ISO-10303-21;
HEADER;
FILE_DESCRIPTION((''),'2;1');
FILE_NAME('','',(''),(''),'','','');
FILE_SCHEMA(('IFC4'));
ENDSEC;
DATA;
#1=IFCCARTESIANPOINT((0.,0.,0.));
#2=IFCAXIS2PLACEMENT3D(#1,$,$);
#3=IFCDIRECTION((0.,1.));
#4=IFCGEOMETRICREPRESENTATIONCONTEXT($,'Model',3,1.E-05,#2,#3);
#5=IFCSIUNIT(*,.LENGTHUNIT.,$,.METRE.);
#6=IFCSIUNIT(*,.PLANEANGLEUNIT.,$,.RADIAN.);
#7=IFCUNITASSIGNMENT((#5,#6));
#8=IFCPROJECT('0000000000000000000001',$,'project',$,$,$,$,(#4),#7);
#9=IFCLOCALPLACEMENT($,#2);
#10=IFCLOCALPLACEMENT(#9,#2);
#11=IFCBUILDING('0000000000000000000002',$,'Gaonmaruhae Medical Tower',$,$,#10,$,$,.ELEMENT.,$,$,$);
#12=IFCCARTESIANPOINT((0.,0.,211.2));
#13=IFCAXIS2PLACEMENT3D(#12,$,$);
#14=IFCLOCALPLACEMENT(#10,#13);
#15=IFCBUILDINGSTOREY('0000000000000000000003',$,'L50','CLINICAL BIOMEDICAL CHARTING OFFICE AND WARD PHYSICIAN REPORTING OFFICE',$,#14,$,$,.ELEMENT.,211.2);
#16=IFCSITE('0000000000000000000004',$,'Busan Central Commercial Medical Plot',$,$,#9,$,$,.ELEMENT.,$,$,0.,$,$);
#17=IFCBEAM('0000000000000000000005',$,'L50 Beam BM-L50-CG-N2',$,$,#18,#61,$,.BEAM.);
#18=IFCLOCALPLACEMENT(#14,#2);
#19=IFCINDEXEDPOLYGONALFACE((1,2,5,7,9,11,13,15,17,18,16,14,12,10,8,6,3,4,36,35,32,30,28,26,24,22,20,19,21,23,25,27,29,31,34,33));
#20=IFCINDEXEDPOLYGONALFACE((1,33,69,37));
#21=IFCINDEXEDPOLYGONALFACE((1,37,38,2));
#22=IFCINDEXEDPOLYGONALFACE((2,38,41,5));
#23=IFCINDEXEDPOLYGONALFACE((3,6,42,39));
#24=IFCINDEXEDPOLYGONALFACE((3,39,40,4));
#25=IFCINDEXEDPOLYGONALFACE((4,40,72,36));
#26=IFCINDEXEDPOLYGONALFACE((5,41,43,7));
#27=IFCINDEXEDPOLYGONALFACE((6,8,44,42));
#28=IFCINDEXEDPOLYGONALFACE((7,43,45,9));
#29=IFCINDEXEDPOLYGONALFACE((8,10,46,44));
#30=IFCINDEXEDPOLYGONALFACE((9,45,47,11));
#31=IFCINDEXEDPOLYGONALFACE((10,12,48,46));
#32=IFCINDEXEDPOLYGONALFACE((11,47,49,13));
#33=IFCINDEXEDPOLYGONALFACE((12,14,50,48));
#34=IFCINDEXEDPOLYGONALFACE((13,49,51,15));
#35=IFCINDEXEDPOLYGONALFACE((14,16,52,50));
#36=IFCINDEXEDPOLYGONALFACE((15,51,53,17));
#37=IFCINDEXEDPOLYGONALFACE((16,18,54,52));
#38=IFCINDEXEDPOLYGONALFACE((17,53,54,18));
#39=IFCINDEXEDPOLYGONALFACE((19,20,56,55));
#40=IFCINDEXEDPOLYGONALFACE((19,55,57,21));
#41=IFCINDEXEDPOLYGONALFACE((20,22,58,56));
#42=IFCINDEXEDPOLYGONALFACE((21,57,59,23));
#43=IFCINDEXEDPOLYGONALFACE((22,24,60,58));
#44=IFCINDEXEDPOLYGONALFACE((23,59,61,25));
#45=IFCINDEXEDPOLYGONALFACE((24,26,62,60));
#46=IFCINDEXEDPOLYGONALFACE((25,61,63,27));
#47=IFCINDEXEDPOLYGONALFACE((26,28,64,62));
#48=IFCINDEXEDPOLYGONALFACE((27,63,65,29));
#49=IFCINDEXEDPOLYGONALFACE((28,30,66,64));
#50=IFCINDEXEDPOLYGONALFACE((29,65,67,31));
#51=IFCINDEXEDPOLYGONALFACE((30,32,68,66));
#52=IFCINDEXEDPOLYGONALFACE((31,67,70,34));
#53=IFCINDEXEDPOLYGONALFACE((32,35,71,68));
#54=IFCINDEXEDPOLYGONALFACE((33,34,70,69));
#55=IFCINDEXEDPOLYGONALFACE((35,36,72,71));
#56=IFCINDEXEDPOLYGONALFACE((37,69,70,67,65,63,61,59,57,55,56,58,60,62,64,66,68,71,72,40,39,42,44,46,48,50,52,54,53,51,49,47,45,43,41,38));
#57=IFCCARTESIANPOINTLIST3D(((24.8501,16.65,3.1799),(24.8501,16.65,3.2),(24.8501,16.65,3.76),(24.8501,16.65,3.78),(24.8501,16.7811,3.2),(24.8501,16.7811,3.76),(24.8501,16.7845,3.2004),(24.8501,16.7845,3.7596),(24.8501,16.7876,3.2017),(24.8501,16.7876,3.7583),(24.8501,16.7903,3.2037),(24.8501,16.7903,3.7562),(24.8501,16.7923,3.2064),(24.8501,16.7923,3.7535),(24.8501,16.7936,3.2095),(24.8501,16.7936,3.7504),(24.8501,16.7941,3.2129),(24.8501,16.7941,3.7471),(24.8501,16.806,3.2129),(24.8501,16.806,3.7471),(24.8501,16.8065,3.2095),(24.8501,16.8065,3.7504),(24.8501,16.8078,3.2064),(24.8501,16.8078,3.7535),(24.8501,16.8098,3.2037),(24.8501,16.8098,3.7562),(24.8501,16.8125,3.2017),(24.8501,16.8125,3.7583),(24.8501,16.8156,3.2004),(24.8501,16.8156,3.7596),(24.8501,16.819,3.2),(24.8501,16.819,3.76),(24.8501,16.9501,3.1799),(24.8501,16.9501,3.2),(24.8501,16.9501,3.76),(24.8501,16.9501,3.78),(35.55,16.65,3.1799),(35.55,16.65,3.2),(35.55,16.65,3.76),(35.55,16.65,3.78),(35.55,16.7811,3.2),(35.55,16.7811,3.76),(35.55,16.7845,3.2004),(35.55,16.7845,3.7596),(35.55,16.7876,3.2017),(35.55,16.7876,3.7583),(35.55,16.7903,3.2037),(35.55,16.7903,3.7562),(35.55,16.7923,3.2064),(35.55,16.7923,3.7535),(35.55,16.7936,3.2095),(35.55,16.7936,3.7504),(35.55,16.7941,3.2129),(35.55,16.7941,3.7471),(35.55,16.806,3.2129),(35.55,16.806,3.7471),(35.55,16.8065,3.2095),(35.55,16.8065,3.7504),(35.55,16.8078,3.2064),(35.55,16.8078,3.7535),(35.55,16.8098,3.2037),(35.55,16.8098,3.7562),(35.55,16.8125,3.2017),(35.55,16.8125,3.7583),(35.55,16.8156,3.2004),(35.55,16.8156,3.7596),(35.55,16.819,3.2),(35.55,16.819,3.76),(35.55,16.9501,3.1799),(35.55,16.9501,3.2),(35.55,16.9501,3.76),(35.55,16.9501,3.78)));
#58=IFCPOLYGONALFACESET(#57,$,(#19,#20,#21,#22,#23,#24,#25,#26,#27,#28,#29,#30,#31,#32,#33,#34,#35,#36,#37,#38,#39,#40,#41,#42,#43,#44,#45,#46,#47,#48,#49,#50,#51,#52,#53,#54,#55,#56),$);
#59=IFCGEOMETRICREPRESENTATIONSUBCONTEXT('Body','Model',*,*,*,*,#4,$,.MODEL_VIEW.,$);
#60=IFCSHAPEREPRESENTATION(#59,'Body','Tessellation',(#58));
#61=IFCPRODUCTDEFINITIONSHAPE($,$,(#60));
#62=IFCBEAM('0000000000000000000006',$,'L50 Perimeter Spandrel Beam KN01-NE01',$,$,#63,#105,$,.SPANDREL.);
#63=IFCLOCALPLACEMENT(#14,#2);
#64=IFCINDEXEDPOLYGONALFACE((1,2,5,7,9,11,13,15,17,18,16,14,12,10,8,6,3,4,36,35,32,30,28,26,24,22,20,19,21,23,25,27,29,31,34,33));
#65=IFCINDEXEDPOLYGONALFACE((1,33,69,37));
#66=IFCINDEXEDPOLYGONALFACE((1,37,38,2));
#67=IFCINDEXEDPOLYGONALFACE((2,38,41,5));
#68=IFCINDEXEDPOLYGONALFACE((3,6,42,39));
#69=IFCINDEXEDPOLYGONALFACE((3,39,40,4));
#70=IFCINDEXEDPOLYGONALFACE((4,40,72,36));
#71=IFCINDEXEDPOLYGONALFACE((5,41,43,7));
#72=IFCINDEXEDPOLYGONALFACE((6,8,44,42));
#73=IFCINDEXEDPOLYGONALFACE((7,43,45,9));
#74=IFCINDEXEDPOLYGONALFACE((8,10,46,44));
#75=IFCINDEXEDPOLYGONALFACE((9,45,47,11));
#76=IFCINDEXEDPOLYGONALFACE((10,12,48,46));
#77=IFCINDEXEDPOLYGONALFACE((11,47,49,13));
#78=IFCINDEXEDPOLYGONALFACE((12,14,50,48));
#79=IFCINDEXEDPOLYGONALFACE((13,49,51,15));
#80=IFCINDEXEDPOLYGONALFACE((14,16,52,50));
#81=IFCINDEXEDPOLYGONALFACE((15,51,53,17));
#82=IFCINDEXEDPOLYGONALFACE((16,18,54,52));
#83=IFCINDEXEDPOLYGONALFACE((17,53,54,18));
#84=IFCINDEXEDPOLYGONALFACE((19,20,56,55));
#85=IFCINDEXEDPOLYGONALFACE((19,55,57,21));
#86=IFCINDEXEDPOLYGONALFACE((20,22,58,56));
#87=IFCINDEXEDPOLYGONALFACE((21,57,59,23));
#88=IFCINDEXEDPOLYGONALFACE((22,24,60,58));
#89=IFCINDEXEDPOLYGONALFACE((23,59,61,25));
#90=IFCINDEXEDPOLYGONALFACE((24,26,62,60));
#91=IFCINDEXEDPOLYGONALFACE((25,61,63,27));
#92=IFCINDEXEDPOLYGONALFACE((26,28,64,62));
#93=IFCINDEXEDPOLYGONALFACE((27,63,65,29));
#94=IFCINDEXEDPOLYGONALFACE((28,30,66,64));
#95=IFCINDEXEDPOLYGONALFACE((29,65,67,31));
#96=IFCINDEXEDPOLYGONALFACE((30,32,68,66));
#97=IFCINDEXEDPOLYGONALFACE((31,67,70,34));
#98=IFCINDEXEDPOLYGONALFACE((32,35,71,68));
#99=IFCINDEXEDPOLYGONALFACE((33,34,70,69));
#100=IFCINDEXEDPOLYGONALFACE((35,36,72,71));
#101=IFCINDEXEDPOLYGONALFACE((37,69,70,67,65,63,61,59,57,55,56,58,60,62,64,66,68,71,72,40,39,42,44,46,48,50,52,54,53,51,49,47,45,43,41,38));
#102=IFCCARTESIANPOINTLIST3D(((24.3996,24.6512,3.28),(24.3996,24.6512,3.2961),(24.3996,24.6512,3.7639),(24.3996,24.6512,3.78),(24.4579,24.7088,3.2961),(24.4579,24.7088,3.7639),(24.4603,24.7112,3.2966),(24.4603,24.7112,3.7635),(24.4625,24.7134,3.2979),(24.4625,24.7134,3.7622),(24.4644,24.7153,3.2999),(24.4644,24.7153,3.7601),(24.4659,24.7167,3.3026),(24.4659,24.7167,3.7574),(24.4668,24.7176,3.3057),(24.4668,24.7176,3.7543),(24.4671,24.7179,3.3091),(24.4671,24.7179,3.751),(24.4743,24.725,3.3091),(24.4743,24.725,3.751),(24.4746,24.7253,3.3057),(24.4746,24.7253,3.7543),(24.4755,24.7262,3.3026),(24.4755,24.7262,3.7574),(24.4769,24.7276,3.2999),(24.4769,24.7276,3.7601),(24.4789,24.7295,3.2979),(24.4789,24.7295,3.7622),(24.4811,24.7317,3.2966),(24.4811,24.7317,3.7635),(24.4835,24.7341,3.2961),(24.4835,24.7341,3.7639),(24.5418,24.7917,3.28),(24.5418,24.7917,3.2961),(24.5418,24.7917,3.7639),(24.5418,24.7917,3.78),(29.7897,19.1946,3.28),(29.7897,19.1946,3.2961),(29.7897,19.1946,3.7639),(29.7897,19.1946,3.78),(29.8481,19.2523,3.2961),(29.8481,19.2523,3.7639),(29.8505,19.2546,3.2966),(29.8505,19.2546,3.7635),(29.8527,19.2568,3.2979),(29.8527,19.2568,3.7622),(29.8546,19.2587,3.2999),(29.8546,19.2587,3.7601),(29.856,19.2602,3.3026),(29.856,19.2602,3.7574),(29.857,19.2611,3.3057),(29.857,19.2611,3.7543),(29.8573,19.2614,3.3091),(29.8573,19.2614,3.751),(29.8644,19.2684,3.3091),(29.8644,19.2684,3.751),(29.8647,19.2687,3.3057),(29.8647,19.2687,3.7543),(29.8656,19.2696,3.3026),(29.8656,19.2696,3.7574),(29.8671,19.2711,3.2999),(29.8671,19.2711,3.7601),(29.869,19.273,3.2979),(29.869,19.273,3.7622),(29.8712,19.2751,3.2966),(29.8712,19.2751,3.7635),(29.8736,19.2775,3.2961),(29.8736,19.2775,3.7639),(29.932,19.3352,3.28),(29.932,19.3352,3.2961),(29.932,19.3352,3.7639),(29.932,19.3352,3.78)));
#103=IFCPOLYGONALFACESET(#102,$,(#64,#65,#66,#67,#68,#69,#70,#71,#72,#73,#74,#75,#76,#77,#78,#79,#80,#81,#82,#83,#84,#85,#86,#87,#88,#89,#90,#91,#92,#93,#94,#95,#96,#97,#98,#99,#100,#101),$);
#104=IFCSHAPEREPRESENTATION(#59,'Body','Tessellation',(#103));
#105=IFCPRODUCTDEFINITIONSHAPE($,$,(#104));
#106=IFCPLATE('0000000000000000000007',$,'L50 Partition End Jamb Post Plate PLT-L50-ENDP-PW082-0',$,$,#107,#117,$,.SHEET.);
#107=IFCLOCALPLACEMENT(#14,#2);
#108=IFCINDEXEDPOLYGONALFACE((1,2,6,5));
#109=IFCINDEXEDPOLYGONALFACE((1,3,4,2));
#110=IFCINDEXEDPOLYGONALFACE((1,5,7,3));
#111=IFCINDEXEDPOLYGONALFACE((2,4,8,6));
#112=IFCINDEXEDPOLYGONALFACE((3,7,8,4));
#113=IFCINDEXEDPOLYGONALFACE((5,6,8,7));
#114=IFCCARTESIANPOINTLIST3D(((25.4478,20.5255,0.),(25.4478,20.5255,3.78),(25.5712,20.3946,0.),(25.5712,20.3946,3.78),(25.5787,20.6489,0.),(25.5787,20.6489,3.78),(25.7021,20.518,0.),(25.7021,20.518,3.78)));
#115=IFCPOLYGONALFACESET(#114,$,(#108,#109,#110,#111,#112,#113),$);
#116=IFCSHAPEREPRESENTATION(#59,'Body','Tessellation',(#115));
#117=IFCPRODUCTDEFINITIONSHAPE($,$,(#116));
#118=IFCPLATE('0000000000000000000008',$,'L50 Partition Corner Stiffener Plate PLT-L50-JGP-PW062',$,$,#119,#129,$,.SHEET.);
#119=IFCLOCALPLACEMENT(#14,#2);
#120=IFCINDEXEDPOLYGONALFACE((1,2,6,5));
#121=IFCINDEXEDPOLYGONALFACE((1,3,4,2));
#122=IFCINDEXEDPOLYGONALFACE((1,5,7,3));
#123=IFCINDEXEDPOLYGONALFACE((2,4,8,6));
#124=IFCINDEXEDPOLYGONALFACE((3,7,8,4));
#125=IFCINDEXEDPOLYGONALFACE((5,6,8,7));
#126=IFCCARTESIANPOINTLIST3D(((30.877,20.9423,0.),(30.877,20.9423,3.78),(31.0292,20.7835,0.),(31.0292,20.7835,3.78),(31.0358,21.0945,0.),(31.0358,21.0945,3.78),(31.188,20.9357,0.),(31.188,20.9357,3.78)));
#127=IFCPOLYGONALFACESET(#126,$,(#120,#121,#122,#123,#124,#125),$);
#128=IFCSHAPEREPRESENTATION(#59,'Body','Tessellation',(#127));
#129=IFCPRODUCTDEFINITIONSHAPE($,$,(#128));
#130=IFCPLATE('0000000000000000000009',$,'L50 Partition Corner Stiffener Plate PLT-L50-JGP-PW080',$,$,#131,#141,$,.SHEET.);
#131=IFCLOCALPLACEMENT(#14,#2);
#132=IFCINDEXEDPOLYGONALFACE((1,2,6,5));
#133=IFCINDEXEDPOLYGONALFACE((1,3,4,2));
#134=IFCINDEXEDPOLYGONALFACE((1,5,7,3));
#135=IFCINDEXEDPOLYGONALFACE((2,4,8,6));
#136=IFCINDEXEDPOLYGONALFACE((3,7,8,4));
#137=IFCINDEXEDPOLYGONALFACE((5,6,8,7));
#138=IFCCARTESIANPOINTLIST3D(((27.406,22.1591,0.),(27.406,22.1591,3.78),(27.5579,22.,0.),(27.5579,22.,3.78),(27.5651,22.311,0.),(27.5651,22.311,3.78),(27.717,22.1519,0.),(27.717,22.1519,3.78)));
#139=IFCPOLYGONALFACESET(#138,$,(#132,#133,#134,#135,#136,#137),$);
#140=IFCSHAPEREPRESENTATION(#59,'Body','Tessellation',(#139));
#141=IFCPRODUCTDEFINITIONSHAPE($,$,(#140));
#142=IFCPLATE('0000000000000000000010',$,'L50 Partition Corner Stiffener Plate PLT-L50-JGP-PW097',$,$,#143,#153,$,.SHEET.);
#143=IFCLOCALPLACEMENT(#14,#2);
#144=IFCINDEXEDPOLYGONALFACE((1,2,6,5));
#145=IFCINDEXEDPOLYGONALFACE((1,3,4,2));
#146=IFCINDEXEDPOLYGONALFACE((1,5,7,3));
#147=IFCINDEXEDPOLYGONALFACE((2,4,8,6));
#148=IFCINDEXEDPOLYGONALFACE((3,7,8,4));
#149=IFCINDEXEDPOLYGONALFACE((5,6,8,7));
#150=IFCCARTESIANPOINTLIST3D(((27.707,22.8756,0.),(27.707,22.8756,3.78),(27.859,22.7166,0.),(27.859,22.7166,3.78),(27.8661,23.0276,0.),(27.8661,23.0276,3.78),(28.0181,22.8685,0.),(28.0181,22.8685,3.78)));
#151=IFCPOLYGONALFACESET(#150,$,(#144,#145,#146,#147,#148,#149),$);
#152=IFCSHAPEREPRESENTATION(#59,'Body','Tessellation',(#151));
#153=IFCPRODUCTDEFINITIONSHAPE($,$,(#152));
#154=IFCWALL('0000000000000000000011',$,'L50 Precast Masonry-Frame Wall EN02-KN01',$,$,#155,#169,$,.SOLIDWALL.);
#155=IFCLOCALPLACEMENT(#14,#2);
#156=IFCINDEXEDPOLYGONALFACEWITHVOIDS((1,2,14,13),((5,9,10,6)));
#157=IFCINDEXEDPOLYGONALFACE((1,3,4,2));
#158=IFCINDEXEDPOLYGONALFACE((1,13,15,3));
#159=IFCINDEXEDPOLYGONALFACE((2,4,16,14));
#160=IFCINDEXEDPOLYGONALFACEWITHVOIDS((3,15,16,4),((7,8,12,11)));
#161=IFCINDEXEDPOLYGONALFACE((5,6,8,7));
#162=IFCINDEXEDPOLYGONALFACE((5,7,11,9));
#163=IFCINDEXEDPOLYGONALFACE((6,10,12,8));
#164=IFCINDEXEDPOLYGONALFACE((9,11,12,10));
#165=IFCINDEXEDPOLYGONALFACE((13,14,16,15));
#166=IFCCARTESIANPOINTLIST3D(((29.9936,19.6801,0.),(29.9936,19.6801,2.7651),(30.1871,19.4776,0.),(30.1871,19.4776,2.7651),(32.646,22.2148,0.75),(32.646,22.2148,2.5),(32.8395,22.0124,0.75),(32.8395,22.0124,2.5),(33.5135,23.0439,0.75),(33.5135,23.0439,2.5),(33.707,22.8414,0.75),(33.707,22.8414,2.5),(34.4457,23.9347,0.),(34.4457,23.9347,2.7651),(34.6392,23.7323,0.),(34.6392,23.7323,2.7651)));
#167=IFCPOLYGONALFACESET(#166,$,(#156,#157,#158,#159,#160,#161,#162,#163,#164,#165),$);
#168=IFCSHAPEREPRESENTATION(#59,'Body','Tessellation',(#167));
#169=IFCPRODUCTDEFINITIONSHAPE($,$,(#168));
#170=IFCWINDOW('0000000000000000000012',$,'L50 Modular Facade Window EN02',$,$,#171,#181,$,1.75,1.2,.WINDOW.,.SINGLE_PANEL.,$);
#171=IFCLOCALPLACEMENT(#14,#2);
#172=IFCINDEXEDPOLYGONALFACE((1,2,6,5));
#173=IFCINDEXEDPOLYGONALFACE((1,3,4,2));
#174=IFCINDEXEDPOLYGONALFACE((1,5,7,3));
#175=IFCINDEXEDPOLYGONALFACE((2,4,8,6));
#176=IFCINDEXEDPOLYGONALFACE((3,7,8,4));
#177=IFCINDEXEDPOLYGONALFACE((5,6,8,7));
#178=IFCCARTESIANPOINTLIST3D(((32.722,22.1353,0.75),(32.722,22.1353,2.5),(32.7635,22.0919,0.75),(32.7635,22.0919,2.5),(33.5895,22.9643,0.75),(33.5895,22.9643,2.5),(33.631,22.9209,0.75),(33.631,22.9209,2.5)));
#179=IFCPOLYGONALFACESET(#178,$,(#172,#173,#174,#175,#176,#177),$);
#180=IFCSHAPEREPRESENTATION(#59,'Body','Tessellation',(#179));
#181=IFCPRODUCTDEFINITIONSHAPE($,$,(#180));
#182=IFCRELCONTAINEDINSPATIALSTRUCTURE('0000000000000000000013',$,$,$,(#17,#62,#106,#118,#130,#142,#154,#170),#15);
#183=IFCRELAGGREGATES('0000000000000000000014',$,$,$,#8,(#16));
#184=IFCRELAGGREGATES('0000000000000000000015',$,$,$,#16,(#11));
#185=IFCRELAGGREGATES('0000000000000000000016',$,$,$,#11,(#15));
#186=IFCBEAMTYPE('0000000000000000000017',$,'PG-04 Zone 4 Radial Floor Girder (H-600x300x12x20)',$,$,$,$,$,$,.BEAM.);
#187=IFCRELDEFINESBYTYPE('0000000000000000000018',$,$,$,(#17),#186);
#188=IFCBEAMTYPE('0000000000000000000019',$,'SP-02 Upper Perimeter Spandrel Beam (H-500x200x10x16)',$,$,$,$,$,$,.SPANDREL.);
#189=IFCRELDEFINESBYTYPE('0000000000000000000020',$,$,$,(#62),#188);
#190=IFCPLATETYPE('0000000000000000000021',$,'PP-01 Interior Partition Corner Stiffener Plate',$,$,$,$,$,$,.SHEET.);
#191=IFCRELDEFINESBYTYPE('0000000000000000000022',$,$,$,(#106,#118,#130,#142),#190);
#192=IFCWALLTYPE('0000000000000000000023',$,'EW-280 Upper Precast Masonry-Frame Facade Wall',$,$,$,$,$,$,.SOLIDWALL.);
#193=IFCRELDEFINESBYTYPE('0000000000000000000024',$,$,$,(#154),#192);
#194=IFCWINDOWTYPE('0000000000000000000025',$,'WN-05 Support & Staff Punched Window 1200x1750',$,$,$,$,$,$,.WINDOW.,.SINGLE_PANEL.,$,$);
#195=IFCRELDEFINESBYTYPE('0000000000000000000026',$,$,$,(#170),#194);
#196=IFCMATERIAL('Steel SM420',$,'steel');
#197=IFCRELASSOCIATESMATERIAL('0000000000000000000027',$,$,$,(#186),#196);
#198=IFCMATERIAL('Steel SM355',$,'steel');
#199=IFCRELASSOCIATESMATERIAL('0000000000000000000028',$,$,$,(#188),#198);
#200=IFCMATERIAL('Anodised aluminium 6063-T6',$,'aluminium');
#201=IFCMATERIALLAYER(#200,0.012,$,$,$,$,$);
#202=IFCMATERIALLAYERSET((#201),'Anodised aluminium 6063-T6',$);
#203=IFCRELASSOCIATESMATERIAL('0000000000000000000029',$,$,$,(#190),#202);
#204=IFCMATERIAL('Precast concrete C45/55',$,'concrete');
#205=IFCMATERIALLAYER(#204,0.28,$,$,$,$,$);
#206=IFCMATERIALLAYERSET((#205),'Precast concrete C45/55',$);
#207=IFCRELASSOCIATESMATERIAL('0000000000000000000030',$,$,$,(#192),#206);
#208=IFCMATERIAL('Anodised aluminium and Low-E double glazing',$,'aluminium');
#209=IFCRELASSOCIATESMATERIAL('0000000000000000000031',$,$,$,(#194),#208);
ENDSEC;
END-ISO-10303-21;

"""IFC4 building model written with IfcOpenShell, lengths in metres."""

from ifc_helpers import new_model, si_unit, direction, frame, frame_2d, origin, origin_2d, place, context, subcontext, project, spatial, rectangle, i_section, extrude, material, layer, layer_set, material_profile, profile_set, type_object, element, fill, save


model = new_model("IFC4")

# Units and contexts
model_context = context("Model", 3, precision=1e-05, world=origin(), true_north=direction((0.0, 1.0)))
body_context = subcontext(model_context, "Body", "Model", "MODEL_VIEW")
ifc_project = project(units=[si_unit("LENGTHUNIT", "METRE"), si_unit("PLANEANGLEUNIT", "RADIAN")], contexts=[model_context])

# Site, building, storey
site_placement = place(None, origin())
site = spatial("IfcSite", under=ifc_project, at=site_placement, Name="Busan Central Commercial Medical Plot", CompositionType="ELEMENT", RefElevation=0.0)
building_placement = place(site_placement, origin())
building = spatial("IfcBuilding", under=site, at=building_placement, Name="Gaonmaruhae Medical Tower", CompositionType="ELEMENT")
storey_placement = place(building_placement, frame((0.0, 0.0, 211.2)))
storey = spatial("IfcBuildingStorey", under=building, at=storey_placement, Name="L50", Description="CLINICAL BIOMEDICAL CHARTING OFFICE AND WARD PHYSICIAN REPORTING OFFICE", CompositionType="ELEMENT", Elevation=211.2)

# Beams
ifc_material_1 = material(Name="Steel SM420", Category="steel")
ifc_material_2 = material(Name="Steel SM355", Category="steel")
ifc_material_profile_1 = material_profile(ifc_material_1, i_section(OverallWidth=0.3, OverallDepth=0.6001, WebThickness=0.012, FlangeThickness=0.02, FilletRadius=0.0129, at=origin_2d()), Name="H-600x300x12x20")
ifc_profile_set_1 = profile_set([ifc_material_profile_1], Name="Steel SM420")
beam_type_1 = type_object("IfcBeamType", Name="PG-04 Zone 4 Radial Floor Girder (H-600x300x12x20)", PredefinedType="BEAM", material=ifc_profile_set_1)
beam_1_placement = place(storey_placement, frame((24.8501, 16.8, 3.48), z_axis=(1.0, 0.0, 0.0), x_axis=(0.0, 1.0, 0.0)))
element("IfcBeam", 1, at=beam_1_placement, inside=storey, type_object=beam_type_1, Name="L50 Beam BM-L50-CG-N2", PredefinedType="BEAM", context=body_context, shape_type="SweptSolid", body=[
    extrude(i_section(OverallWidth=0.3, OverallDepth=0.6001, WebThickness=0.012, FlangeThickness=0.02, FilletRadius=0.0129, at=origin_2d()), origin(), (0.0, 0.0, 1.0), 10.7),
])
ifc_material_profile_2 = material_profile(ifc_material_2, i_section(OverallWidth=0.2, OverallDepth=0.5, WebThickness=0.01, FlangeThickness=0.0161, FilletRadius=0.0129, at=origin_2d()), Name="H-500x200x10x16")
ifc_profile_set_2 = profile_set([ifc_material_profile_2], Name="Steel SM355")
beam_type_2 = type_object("IfcBeamType", Name="SP-02 Upper Perimeter Spandrel Beam (H-500x200x10x16)", PredefinedType="SPANDREL", material=ifc_profile_set_2)
beam_2_placement = place(storey_placement, frame((29.8608, 19.2649, 3.53), z_axis=(-0.702765, 0.711423, 0.0), x_axis=(-0.711423, -0.702765, 0.0)))
element("IfcBeam", 2, at=beam_2_placement, inside=storey, type_object=beam_type_2, Name="L50 Perimeter Spandrel Beam KN01-NE01", PredefinedType="SPANDREL", context=body_context, shape_type="SweptSolid", body=[
    extrude(i_section(OverallWidth=0.2, OverallDepth=0.5, WebThickness=0.01, FlangeThickness=0.0161, FilletRadius=0.0129, at=origin_2d()), origin(), (0.0, 0.0, 1.0), 7.6699),
])

# Plates
ifc_material_3 = material(Name="Anodised aluminium 6063-T6", Category="aluminium")
ifc_layer_1 = layer(ifc_material_3, 0.012)
ifc_layer_set_1 = layer_set([ifc_layer_1], Name="Anodised aluminium 6063-T6")
plate_type = type_object("IfcPlateType", Name="PP-01 Interior Partition Corner Stiffener Plate", PredefinedType="SHEET", material=ifc_layer_set_1)
plate_placement = place(storey_placement, frame((25.575, 20.5217, 0.0), z_axis=(0.0, 0.0, 1.0), x_axis=(-0.685907, 0.727689, 0.0)))
element("IfcPlate", 3, at=plate_placement, inside=storey, type_object=plate_type, Name="L50 Partition End Jamb Post Plate PLT-L50-ENDP-PW082-0", PredefinedType="SHEET", context=body_context, shape_type="SweptSolid", body=[
    extrude(rectangle(XDim=0.1799, YDim=0.1799, at=origin_2d()), origin(), (0.0, 0.0, 1.0), 3.78),
])
for number, where, z_axis, x_axis, name in (
    (4, (31.0325, 20.939, 0.0), (0.0, 0.0, 1.0), (-0.692005, 0.721893, 0.0), "L50 Partition Corner Stiffener Plate PLT-L50-JGP-PW062"),
    (5, (27.5615, 22.1555, 0.0), (0.0, 0.0, 1.0), (-0.723401, -0.690428, 0.0), "L50 Partition Corner Stiffener Plate PLT-L50-JGP-PW080"),
    (6, (27.8625, 22.8721, 0.0), (0.0, 0.0, 1.0), (-0.723027, -0.690819, 0.0), "L50 Partition Corner Stiffener Plate PLT-L50-JGP-PW097"),
):
    element("IfcPlate", number, at=place(storey_placement, frame(where, z_axis=z_axis, x_axis=x_axis)), inside=storey, type_object=plate_type, Name=name, PredefinedType="SHEET", context=body_context, shape_type="SweptSolid", body=[
        extrude(rectangle(XDim=0.22, YDim=0.22, at=origin_2d()), origin(), (0.0, 0.0, 1.0), 3.78),
    ])

# Wall, opening, window
ifc_material_4 = material(Name="Precast concrete C45/55", Category="concrete")
ifc_layer_2 = layer(ifc_material_4, 0.28)
ifc_layer_set_2 = layer_set([ifc_layer_2], Name="Precast concrete C45/55")
wall_type_1 = type_object("IfcWallType", Name="EW-280 Upper Precast Masonry-Frame Facade Wall", PredefinedType="SOLIDWALL", material=ifc_layer_set_2)
wall_1_placement = place(storey_placement, frame((30.0903, 19.5789, 0.0), z_axis=(0.0, 0.0, 1.0), x_axis=(0.722961, 0.690889, 0.0)))
wall_1 = element("IfcWall", 7, at=wall_1_placement, inside=storey, type_object=wall_type_1, Name="L50 Precast Masonry-Frame Wall EN02-KN01", PredefinedType="SOLIDWALL", context=body_context, shape_type="SweptSolid", body=[
    extrude(rectangle(XDim=6.1582, YDim=0.28, at=frame_2d((3.0791, 0.0))), origin(), (0.0, 0.0, 1.0), 2.7651),
])
opening_1_placement = place(wall_1_placement, frame((3.6687, 0.0, 0.75)))
opening_1 = element("IfcOpeningElement", 8, at=opening_1_placement, cuts=wall_1, PredefinedType="OPENING", context=body_context, shape_type="SweptSolid", body=[
    extrude(rectangle(XDim=1.2, YDim=1.75, at=frame_2d((0.6001, 0.875))), frame((0.0, 0.1499, 0.0), z_axis=(0.0, -1.0, 0.0), x_axis=(1.0, 0.0, 0.0)), (0.0, 0.0, 1.0), 0.3),
])
ifc_material_5 = material(Name="Anodised aluminium and Low-E double glazing", Category="aluminium")
window_type = type_object("IfcWindowType", Name="WN-05 Support & Staff Punched Window 1200x1750", PartitioningType="SINGLE_PANEL", PredefinedType="WINDOW", material=ifc_material_5)
window_placement = place(opening_1_placement, origin())
window = element("IfcWindow", 9, at=window_placement, inside=storey, type_object=window_type, Name="L50 Modular Facade Window EN02", OverallHeight=1.75, OverallWidth=1.2, PartitioningType="SINGLE_PANEL", PredefinedType="WINDOW", context=body_context, shape_type="SweptSolid", body=[
    extrude(rectangle(XDim=1.2, YDim=1.75, at=frame_2d((0.6001, 0.875))), frame((0.0, 0.03, 0.0), z_axis=(0.0, -1.0, 0.0), x_axis=(1.0, 0.0, 0.0)), (0.0, 0.0, 1.0), 0.0601),
])
fill(opening_1, window)

save(model, "model.ifc")
